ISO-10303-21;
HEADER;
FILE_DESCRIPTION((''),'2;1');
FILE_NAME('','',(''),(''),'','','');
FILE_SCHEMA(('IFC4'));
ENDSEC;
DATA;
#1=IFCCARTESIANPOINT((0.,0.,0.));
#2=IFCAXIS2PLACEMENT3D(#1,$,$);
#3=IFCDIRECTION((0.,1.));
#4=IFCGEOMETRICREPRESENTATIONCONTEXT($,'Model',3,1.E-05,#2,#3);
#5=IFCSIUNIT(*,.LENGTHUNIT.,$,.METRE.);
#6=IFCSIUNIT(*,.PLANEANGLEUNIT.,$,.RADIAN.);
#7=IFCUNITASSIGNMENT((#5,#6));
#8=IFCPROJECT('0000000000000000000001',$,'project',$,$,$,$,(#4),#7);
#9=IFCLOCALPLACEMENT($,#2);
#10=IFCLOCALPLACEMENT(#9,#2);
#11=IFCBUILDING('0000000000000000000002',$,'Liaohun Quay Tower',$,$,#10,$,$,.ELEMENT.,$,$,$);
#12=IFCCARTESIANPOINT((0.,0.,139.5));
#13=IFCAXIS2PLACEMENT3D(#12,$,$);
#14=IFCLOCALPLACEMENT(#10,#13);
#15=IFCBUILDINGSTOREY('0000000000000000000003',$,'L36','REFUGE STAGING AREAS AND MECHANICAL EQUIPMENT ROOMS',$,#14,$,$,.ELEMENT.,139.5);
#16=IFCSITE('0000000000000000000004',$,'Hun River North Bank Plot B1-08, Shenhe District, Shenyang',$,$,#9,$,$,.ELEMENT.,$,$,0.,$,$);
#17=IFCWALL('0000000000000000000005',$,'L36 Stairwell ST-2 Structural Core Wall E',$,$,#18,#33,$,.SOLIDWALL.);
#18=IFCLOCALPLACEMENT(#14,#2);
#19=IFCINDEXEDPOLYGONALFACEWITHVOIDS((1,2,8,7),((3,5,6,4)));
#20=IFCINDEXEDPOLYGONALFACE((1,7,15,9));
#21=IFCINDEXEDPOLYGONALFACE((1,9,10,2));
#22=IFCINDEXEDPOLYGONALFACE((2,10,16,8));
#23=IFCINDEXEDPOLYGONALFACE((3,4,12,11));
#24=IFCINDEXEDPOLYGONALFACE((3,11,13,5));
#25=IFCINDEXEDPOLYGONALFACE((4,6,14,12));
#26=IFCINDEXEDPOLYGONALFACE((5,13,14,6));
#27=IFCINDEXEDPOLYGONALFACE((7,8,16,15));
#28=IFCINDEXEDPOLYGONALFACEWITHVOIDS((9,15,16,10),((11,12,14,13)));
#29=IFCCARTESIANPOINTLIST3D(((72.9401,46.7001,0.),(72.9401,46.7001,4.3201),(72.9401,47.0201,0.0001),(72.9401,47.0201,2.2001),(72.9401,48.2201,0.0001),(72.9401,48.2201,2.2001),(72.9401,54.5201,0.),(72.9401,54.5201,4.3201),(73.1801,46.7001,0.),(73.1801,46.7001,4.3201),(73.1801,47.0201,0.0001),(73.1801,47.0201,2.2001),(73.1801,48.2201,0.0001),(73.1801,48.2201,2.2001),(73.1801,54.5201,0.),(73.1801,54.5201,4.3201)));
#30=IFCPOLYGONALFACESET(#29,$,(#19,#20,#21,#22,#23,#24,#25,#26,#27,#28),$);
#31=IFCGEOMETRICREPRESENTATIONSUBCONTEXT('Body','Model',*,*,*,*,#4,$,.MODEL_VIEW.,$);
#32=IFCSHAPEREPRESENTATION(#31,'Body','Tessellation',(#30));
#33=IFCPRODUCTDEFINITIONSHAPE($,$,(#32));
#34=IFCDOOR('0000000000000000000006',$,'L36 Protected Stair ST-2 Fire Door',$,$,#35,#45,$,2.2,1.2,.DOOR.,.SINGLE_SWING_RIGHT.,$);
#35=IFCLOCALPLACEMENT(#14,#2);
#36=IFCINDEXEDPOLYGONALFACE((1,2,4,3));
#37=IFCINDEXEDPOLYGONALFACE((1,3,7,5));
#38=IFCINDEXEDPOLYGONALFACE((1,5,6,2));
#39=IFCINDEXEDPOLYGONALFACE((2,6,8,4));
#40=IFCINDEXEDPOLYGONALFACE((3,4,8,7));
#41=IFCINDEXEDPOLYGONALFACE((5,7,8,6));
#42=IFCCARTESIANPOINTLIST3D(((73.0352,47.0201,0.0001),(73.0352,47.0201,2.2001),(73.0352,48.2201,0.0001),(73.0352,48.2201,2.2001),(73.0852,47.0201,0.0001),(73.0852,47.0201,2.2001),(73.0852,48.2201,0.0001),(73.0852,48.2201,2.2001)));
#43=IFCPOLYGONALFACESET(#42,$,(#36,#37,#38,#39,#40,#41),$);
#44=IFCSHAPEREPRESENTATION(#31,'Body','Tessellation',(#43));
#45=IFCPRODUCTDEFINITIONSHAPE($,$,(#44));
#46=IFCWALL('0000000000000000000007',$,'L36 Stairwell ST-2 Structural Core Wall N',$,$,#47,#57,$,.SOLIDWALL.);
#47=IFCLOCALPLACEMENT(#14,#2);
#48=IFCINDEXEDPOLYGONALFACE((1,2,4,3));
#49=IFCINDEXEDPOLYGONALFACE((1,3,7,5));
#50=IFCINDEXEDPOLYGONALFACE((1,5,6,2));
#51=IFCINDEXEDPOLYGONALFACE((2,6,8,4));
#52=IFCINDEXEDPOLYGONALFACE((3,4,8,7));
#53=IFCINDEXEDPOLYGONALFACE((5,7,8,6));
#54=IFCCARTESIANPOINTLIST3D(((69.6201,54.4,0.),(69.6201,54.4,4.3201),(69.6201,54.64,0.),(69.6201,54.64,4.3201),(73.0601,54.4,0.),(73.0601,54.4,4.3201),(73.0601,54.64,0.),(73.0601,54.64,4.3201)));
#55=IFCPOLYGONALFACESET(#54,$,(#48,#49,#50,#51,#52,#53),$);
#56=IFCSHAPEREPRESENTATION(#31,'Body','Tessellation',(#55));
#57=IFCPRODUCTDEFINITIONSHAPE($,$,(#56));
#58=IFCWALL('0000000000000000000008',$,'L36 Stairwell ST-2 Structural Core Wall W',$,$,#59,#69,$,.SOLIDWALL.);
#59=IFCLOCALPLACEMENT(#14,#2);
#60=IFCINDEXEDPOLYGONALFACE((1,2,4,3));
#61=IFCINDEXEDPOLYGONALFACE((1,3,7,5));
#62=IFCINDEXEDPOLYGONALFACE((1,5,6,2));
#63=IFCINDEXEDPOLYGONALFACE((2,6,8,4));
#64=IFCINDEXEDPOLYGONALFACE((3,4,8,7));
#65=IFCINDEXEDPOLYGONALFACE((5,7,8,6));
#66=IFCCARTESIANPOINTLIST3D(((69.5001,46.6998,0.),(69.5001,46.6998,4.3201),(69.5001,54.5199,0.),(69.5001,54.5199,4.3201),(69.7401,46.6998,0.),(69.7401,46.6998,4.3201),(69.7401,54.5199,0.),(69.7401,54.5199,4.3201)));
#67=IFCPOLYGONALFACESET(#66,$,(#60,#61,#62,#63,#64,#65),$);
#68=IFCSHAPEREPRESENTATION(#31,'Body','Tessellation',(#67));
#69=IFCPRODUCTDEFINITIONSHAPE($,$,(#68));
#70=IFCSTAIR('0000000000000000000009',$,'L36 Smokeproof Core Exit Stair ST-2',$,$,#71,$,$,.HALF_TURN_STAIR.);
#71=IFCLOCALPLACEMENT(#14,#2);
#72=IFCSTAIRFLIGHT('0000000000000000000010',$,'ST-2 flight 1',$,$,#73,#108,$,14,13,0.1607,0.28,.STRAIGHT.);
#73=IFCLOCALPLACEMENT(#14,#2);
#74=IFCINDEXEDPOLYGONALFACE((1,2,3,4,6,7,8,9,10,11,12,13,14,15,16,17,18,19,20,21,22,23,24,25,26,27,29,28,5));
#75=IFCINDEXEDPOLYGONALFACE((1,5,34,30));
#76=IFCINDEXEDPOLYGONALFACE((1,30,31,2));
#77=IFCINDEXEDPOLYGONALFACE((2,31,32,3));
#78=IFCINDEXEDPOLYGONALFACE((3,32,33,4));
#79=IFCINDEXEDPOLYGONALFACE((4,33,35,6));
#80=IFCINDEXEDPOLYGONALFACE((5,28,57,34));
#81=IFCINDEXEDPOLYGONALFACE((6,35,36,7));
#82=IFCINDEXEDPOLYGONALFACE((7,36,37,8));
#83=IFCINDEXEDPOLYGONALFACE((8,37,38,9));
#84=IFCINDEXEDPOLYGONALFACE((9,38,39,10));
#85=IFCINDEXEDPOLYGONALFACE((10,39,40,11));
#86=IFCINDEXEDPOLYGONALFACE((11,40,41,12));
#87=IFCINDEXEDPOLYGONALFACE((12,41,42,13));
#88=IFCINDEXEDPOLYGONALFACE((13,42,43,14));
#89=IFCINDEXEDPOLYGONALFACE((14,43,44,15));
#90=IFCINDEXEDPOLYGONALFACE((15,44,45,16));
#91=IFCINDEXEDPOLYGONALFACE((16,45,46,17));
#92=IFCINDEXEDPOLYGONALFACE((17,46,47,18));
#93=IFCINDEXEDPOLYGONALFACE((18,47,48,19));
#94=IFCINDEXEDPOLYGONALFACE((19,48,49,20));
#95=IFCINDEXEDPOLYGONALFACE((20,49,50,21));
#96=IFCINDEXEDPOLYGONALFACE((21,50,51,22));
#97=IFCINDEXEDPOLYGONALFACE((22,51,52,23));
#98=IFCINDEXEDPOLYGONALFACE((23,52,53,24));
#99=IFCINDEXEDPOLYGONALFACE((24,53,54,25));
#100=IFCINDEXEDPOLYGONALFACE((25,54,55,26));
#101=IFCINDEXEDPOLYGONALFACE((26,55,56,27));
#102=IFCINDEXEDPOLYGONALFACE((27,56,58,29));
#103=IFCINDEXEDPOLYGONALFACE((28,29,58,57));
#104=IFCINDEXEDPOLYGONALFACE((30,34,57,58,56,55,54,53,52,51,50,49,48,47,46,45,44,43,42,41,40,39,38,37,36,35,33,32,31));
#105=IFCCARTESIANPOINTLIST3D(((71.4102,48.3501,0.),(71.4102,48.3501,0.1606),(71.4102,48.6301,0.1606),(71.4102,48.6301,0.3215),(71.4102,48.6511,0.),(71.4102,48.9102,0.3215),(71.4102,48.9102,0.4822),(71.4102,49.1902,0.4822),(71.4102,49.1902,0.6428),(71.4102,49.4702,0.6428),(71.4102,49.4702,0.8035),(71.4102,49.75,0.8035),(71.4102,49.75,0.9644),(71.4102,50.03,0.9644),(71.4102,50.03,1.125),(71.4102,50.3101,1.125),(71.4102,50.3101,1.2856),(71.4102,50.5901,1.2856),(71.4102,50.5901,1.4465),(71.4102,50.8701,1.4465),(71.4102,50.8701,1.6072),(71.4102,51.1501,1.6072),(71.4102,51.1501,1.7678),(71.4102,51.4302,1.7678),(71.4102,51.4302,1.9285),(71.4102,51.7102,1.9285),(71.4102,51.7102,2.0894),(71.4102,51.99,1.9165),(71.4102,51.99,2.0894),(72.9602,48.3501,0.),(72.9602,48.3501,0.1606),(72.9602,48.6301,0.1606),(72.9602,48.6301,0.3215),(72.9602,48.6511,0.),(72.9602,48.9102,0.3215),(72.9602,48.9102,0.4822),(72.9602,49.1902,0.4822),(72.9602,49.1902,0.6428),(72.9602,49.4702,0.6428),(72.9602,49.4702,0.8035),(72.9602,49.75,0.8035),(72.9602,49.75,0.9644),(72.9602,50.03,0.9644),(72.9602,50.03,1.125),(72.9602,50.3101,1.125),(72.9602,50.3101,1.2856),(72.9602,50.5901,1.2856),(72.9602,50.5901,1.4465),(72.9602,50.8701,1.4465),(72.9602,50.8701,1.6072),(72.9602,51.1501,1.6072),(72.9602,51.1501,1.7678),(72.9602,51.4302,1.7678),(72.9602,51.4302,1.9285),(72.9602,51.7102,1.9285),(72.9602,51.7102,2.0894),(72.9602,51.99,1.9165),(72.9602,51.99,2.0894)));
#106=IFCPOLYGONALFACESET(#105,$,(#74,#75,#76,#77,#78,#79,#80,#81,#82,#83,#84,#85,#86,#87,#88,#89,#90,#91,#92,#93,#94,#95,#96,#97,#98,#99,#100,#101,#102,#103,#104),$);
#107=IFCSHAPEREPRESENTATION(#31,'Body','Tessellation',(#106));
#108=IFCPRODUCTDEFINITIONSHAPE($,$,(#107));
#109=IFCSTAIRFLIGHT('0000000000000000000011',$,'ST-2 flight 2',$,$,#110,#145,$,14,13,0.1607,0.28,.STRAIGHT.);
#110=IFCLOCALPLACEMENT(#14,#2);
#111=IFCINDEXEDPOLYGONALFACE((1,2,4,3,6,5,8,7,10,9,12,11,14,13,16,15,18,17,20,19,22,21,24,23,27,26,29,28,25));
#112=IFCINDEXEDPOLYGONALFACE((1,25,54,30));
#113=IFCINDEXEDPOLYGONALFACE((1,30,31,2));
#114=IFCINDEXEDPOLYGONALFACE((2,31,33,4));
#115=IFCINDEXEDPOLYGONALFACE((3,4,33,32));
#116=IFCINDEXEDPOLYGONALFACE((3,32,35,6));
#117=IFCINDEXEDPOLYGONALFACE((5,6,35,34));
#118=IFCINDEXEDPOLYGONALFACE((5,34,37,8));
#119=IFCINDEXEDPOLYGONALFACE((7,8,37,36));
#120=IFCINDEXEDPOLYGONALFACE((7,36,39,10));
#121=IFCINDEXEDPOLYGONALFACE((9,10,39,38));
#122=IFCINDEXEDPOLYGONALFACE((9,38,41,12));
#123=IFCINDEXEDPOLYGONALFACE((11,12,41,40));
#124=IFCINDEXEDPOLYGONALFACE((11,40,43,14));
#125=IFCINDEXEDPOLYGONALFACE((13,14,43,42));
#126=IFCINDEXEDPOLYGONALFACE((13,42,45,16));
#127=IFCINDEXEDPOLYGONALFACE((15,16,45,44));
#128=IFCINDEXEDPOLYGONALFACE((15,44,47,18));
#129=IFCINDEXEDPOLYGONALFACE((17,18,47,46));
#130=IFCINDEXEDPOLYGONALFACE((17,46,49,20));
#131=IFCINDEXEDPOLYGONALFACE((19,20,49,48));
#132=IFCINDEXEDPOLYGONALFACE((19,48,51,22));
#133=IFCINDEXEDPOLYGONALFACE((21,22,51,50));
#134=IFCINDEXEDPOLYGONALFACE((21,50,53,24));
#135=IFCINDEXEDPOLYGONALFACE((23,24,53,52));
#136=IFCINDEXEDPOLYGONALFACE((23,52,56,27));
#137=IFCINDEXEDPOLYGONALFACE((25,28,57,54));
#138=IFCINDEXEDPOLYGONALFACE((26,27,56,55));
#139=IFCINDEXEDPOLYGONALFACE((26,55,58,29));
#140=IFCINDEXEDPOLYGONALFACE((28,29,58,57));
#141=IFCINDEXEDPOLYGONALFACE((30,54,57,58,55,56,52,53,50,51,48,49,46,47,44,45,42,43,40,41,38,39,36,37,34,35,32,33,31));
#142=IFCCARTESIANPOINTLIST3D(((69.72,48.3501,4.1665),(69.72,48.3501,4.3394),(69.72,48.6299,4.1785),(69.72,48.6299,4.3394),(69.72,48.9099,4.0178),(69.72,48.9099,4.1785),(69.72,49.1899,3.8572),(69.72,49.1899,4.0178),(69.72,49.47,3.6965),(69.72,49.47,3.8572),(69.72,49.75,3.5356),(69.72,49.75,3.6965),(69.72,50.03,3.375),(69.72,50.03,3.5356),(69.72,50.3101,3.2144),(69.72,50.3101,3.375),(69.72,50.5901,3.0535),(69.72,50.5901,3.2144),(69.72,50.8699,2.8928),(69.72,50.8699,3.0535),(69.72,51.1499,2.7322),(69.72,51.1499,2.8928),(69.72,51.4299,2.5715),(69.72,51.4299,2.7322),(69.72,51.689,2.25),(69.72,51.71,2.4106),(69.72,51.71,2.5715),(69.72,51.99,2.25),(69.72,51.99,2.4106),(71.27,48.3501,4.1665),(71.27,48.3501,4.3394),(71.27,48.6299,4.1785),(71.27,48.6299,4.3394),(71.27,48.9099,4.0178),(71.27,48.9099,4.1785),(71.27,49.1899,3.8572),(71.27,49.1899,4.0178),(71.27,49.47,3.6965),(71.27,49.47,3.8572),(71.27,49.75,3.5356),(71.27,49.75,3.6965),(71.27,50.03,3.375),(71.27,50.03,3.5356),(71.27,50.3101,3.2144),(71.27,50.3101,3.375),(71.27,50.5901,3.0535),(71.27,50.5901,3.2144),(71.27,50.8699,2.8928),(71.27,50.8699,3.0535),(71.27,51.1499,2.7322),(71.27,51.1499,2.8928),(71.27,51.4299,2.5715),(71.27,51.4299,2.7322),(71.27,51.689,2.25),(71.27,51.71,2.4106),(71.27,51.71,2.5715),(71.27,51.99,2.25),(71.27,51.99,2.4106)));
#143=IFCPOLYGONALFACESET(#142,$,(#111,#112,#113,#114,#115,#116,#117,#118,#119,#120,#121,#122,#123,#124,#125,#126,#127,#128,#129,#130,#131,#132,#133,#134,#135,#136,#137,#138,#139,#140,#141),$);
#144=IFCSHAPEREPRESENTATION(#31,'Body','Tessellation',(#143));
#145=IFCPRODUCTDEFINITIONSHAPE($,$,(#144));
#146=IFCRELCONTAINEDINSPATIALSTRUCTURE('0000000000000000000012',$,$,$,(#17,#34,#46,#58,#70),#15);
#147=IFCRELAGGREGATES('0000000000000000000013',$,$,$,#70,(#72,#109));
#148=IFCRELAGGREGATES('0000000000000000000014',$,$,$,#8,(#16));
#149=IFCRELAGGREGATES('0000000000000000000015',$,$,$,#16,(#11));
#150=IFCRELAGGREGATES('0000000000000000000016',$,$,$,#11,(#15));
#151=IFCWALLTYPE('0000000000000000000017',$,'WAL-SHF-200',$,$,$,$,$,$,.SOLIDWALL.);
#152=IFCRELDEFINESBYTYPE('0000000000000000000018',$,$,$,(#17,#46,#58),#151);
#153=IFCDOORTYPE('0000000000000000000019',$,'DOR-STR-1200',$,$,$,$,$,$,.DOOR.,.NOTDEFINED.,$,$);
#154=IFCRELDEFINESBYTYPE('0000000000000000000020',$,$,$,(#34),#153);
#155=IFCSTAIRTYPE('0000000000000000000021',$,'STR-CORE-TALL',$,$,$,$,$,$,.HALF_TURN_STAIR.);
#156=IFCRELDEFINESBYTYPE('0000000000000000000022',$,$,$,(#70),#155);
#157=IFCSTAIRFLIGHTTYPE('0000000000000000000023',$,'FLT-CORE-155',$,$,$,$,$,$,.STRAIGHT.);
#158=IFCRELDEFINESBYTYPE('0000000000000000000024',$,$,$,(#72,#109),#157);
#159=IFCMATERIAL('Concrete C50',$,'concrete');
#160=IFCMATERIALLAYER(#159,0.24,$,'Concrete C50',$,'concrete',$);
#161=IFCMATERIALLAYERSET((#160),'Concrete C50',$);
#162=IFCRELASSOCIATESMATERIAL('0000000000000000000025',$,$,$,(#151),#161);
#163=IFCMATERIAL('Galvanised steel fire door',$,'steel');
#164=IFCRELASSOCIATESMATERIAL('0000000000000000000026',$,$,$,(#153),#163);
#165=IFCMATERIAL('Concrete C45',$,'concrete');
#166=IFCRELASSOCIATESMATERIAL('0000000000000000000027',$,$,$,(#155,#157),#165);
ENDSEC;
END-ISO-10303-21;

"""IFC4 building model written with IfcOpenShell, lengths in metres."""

from ifc_helpers import new_model, si_unit, direction, frame, frame_2d, origin, place, context, subcontext, project, spatial, polyline, rectangle, outline, extrude, source, transform, mapped, material, layer, layer_set, type_object, element, fill, aggregate, save


model = new_model("IFC4")

# Units and contexts
model_context = context("Model", 3, precision=1e-05, world=origin(), true_north=direction((0.0, 1.0)))
body_context = subcontext(model_context, "Body", "Model", "MODEL_VIEW")
ifc_project = project(units=[si_unit("LENGTHUNIT", "METRE"), si_unit("PLANEANGLEUNIT", "RADIAN")], contexts=[model_context])

# Site, building, storey
site_placement = place(None, origin())
site = spatial("IfcSite", under=ifc_project, at=site_placement, Name="Hun River North Bank Plot B1-08, Shenhe District, Shenyang", CompositionType="ELEMENT", RefElevation=0.0)
building_placement = place(site_placement, origin())
building = spatial("IfcBuilding", under=site, at=building_placement, Name="Liaohun Quay Tower", CompositionType="ELEMENT")
storey_placement = place(building_placement, frame((0.0, 0.0, 139.5)))
storey = spatial("IfcBuildingStorey", under=building, at=storey_placement, Name="L36", Description="REFUGE STAGING AREAS AND MECHANICAL EQUIPMENT ROOMS", CompositionType="ELEMENT", Elevation=139.5)

# Shared definitions
ifc_material_1 = material(Name="Concrete C50", Category="concrete")
ifc_layer_1 = layer(ifc_material_1, 0.24, Name="Concrete C50", Category="concrete")
ifc_layer_set_1 = layer_set([ifc_layer_1], Name="Concrete C50")
wall_type_1 = type_object("IfcWallType", Name="WAL-SHF-200", PredefinedType="SOLIDWALL", material=ifc_layer_set_1)

# Wall, opening, door
wall_1_placement = place(storey_placement, frame((73.0601, 46.7, 0.0), z_axis=(0.0, 0.0, 1.0), x_axis=(0.0, 1.0, 0.0)))
wall_1 = element("IfcWall", 1, at=wall_1_placement, inside=storey, type_object=wall_type_1, Name="L36 Stairwell ST-2 Structural Core Wall E", PredefinedType="SOLIDWALL", context=body_context, shape_type="SweptSolid", body=[
    extrude(rectangle(XDim=7.8201, YDim=0.24, at=frame_2d((3.9102, 0.0))), origin(), (0.0, 0.0, 1.0), 4.3201),
])
shared_shape_1 = source(origin(), body_context, "Body", "SweptSolid", [
    extrude(rectangle(XDim=1.2, YDim=2.2, at=frame_2d((0.6001, 1.1001))), frame((0.0, 0.1299, 0.0), z_axis=(0.0, -1.0, 0.0), x_axis=(1.0, 0.0, 0.0)), (0.0, 0.0, 1.0), 0.26),
])
opening_1_placement = place(wall_1_placement, frame((0.3201, 0.0, 0.0)))
opening_1 = element("IfcOpeningElement", 2, at=opening_1_placement, cuts=wall_1, PredefinedType="OPENING", context=body_context, shape_type="MappedRepresentation", body=[
    mapped(shared_shape_1, transform((0.0, 0.0, 0.0), x_axis=(1.0, 0.0, 0.0), y_axis=(0.0, 1.0, 0.0), z_axis=(0.0, 0.0, 1.0), scale=1.0)),
])
ifc_material_2 = material(Name="Galvanised steel fire door", Category="steel")
door_type_1 = type_object("IfcDoorType", Name="DOR-STR-1200", OperationType="NOTDEFINED", PredefinedType="DOOR", material=ifc_material_2)
shared_shape_2 = source(origin(), body_context, "Body", "SweptSolid", [
    extrude(rectangle(XDim=1.2, YDim=2.2, at=frame_2d((0.6001, 1.1001))), frame((0.0, 0.0249, 0.0), z_axis=(0.0, -1.0, 0.0), x_axis=(1.0, 0.0, 0.0)), (0.0, 0.0, 1.0), 0.05),
])
door_1_placement = place(opening_1_placement, origin())
door_1 = element("IfcDoor", 3, at=door_1_placement, inside=storey, type_object=door_type_1, Name="L36 Protected Stair ST-2 Fire Door", OperationType="SINGLE_SWING_RIGHT", OverallHeight=2.2, OverallWidth=1.2, PredefinedType="DOOR", context=body_context, shape_type="MappedRepresentation", body=[
    mapped(shared_shape_2, transform((0.0, 0.0, 0.0), x_axis=(1.0, 0.0, 0.0), y_axis=(0.0, 1.0, 0.0), z_axis=(0.0, 0.0, 1.0), scale=1.0)),
])
fill(opening_1, door_1)

# Walls
wall_2_placement = place(storey_placement, frame((73.0601, 54.52, 0.0), z_axis=(0.0, 0.0, 1.0), x_axis=(-1.0, 0.0, 0.0)))
element("IfcWall", 4, at=wall_2_placement, inside=storey, type_object=wall_type_1, Name="L36 Stairwell ST-2 Structural Core Wall N", PredefinedType="SOLIDWALL", context=body_context, shape_type="SweptSolid", body=[
    extrude(rectangle(XDim=3.4399, YDim=0.24, at=frame_2d((1.72, 0.0))), origin(), (0.0, 0.0, 1.0), 4.3201),
])
wall_3_placement = place(storey_placement, frame((69.6201, 54.52, 0.0), z_axis=(0.0, 0.0, 1.0), x_axis=(0.0, -1.0, 0.0)))
element("IfcWall", 5, at=wall_3_placement, inside=storey, type_object=wall_type_1, Name="L36 Stairwell ST-2 Structural Core Wall W", PredefinedType="SOLIDWALL", context=body_context, shape_type="SweptSolid", body=[
    extrude(rectangle(XDim=7.8201, YDim=0.24, at=frame_2d((3.9102, 0.0))), origin(), (0.0, 0.0, 1.0), 4.3201),
])

# Stair, stair flights
ifc_material_3 = material(Name="Concrete C45", Category="concrete")
stair_type = type_object("IfcStairType", Name="STR-CORE-TALL", PredefinedType="HALF_TURN_STAIR", material=ifc_material_3)
stair_placement = place(storey_placement, origin())
stair = element("IfcStair", 6, at=stair_placement, inside=storey, type_object=stair_type, Name="L36 Smokeproof Core Exit Stair ST-2", PredefinedType="HALF_TURN_STAIR")
stair_flight_type = type_object("IfcStairFlightType", Name="FLT-CORE-155", PredefinedType="STRAIGHT", material=ifc_material_3)
stair_flight_1_placement = place(storey_placement, frame((72.1851, 48.3501, 0.0), z_axis=(0.0, 0.0, 1.0), x_axis=(0.0, 1.0, 0.0)))
stair_flight_1 = element("IfcStairFlight", 7, at=stair_flight_1_placement, type_object=stair_flight_type, Name="ST-2 flight 1", NumberOfRisers=14, NumberOfTreads=13, PredefinedType="STRAIGHT", RiserHeight=0.1607, TreadLength=0.28, context=body_context, shape_type="SweptSolid", body=[
    extrude(outline(polyline([(0.0, 0.0), (0.0, 0.1606), (0.28, 0.1606), (0.28, 0.3215), (0.5601, 0.3215), (0.5601, 0.4822), (0.8401, 0.4822), (0.8401, 0.6428), (1.1201, 0.6428), (1.1201, 0.8035), (1.3999, 0.8035), (1.3999, 0.9644), (1.6799, 0.9644), (1.6799, 1.125), (1.96, 1.125), (1.96, 1.2856), (2.24, 1.2856), (2.24, 1.4465), (2.52, 1.4465), (2.52, 1.6072), (2.8, 1.6072), (2.8, 1.7678), (3.0801, 1.7678), (3.0801, 1.9285), (3.3601, 1.9285), (3.3601, 2.0894), (3.6399, 2.0894), (3.6399, 2.25), (3.6399, 1.9165), (0.301, 0.0), (0.0, 0.0)])), frame((0.0, 0.7749, 0.0), z_axis=(0.0, -1.0, 0.0), x_axis=(1.0, 0.0, 0.0)), (0.0, 0.0, 1.0), 1.55),
])
stair_flight_2_placement = place(storey_placement, frame((70.4951, 51.99, 2.25), z_axis=(0.0, 0.0, 1.0), x_axis=(0.0, -1.0, 0.0)))
stair_flight_2 = element("IfcStairFlight", 8, at=stair_flight_2_placement, type_object=stair_flight_type, Name="ST-2 flight 2", NumberOfRisers=14, NumberOfTreads=13, PredefinedType="STRAIGHT", RiserHeight=0.1607, TreadLength=0.28, context=body_context, shape_type="SweptSolid", body=[
    extrude(outline(polyline([(0.0, 0.0), (0.0, 0.1606), (0.28, 0.1606), (0.28, 0.3215), (0.5601, 0.3215), (0.5601, 0.4822), (0.8401, 0.4822), (0.8401, 0.6428), (1.1201, 0.6428), (1.1201, 0.8035), (1.3999, 0.8035), (1.3999, 0.9644), (1.6799, 0.9644), (1.6799, 1.125), (1.96, 1.125), (1.96, 1.2856), (2.24, 1.2856), (2.24, 1.4465), (2.52, 1.4465), (2.52, 1.6072), (2.8, 1.6072), (2.8, 1.7678), (3.0801, 1.7678), (3.0801, 1.9285), (3.3601, 1.9285), (3.3601, 2.0894), (3.6399, 2.0894), (3.6399, 2.25), (3.6399, 1.9165), (0.301, 0.0), (0.0, 0.0)])), frame((0.0, 0.7749, 0.0), z_axis=(0.0, -1.0, 0.0), x_axis=(1.0, 0.0, 0.0)), (0.0, 0.0, 1.0), 1.55),
])
aggregate(stair, [stair_flight_1, stair_flight_2])

save(model, "model.ifc")
